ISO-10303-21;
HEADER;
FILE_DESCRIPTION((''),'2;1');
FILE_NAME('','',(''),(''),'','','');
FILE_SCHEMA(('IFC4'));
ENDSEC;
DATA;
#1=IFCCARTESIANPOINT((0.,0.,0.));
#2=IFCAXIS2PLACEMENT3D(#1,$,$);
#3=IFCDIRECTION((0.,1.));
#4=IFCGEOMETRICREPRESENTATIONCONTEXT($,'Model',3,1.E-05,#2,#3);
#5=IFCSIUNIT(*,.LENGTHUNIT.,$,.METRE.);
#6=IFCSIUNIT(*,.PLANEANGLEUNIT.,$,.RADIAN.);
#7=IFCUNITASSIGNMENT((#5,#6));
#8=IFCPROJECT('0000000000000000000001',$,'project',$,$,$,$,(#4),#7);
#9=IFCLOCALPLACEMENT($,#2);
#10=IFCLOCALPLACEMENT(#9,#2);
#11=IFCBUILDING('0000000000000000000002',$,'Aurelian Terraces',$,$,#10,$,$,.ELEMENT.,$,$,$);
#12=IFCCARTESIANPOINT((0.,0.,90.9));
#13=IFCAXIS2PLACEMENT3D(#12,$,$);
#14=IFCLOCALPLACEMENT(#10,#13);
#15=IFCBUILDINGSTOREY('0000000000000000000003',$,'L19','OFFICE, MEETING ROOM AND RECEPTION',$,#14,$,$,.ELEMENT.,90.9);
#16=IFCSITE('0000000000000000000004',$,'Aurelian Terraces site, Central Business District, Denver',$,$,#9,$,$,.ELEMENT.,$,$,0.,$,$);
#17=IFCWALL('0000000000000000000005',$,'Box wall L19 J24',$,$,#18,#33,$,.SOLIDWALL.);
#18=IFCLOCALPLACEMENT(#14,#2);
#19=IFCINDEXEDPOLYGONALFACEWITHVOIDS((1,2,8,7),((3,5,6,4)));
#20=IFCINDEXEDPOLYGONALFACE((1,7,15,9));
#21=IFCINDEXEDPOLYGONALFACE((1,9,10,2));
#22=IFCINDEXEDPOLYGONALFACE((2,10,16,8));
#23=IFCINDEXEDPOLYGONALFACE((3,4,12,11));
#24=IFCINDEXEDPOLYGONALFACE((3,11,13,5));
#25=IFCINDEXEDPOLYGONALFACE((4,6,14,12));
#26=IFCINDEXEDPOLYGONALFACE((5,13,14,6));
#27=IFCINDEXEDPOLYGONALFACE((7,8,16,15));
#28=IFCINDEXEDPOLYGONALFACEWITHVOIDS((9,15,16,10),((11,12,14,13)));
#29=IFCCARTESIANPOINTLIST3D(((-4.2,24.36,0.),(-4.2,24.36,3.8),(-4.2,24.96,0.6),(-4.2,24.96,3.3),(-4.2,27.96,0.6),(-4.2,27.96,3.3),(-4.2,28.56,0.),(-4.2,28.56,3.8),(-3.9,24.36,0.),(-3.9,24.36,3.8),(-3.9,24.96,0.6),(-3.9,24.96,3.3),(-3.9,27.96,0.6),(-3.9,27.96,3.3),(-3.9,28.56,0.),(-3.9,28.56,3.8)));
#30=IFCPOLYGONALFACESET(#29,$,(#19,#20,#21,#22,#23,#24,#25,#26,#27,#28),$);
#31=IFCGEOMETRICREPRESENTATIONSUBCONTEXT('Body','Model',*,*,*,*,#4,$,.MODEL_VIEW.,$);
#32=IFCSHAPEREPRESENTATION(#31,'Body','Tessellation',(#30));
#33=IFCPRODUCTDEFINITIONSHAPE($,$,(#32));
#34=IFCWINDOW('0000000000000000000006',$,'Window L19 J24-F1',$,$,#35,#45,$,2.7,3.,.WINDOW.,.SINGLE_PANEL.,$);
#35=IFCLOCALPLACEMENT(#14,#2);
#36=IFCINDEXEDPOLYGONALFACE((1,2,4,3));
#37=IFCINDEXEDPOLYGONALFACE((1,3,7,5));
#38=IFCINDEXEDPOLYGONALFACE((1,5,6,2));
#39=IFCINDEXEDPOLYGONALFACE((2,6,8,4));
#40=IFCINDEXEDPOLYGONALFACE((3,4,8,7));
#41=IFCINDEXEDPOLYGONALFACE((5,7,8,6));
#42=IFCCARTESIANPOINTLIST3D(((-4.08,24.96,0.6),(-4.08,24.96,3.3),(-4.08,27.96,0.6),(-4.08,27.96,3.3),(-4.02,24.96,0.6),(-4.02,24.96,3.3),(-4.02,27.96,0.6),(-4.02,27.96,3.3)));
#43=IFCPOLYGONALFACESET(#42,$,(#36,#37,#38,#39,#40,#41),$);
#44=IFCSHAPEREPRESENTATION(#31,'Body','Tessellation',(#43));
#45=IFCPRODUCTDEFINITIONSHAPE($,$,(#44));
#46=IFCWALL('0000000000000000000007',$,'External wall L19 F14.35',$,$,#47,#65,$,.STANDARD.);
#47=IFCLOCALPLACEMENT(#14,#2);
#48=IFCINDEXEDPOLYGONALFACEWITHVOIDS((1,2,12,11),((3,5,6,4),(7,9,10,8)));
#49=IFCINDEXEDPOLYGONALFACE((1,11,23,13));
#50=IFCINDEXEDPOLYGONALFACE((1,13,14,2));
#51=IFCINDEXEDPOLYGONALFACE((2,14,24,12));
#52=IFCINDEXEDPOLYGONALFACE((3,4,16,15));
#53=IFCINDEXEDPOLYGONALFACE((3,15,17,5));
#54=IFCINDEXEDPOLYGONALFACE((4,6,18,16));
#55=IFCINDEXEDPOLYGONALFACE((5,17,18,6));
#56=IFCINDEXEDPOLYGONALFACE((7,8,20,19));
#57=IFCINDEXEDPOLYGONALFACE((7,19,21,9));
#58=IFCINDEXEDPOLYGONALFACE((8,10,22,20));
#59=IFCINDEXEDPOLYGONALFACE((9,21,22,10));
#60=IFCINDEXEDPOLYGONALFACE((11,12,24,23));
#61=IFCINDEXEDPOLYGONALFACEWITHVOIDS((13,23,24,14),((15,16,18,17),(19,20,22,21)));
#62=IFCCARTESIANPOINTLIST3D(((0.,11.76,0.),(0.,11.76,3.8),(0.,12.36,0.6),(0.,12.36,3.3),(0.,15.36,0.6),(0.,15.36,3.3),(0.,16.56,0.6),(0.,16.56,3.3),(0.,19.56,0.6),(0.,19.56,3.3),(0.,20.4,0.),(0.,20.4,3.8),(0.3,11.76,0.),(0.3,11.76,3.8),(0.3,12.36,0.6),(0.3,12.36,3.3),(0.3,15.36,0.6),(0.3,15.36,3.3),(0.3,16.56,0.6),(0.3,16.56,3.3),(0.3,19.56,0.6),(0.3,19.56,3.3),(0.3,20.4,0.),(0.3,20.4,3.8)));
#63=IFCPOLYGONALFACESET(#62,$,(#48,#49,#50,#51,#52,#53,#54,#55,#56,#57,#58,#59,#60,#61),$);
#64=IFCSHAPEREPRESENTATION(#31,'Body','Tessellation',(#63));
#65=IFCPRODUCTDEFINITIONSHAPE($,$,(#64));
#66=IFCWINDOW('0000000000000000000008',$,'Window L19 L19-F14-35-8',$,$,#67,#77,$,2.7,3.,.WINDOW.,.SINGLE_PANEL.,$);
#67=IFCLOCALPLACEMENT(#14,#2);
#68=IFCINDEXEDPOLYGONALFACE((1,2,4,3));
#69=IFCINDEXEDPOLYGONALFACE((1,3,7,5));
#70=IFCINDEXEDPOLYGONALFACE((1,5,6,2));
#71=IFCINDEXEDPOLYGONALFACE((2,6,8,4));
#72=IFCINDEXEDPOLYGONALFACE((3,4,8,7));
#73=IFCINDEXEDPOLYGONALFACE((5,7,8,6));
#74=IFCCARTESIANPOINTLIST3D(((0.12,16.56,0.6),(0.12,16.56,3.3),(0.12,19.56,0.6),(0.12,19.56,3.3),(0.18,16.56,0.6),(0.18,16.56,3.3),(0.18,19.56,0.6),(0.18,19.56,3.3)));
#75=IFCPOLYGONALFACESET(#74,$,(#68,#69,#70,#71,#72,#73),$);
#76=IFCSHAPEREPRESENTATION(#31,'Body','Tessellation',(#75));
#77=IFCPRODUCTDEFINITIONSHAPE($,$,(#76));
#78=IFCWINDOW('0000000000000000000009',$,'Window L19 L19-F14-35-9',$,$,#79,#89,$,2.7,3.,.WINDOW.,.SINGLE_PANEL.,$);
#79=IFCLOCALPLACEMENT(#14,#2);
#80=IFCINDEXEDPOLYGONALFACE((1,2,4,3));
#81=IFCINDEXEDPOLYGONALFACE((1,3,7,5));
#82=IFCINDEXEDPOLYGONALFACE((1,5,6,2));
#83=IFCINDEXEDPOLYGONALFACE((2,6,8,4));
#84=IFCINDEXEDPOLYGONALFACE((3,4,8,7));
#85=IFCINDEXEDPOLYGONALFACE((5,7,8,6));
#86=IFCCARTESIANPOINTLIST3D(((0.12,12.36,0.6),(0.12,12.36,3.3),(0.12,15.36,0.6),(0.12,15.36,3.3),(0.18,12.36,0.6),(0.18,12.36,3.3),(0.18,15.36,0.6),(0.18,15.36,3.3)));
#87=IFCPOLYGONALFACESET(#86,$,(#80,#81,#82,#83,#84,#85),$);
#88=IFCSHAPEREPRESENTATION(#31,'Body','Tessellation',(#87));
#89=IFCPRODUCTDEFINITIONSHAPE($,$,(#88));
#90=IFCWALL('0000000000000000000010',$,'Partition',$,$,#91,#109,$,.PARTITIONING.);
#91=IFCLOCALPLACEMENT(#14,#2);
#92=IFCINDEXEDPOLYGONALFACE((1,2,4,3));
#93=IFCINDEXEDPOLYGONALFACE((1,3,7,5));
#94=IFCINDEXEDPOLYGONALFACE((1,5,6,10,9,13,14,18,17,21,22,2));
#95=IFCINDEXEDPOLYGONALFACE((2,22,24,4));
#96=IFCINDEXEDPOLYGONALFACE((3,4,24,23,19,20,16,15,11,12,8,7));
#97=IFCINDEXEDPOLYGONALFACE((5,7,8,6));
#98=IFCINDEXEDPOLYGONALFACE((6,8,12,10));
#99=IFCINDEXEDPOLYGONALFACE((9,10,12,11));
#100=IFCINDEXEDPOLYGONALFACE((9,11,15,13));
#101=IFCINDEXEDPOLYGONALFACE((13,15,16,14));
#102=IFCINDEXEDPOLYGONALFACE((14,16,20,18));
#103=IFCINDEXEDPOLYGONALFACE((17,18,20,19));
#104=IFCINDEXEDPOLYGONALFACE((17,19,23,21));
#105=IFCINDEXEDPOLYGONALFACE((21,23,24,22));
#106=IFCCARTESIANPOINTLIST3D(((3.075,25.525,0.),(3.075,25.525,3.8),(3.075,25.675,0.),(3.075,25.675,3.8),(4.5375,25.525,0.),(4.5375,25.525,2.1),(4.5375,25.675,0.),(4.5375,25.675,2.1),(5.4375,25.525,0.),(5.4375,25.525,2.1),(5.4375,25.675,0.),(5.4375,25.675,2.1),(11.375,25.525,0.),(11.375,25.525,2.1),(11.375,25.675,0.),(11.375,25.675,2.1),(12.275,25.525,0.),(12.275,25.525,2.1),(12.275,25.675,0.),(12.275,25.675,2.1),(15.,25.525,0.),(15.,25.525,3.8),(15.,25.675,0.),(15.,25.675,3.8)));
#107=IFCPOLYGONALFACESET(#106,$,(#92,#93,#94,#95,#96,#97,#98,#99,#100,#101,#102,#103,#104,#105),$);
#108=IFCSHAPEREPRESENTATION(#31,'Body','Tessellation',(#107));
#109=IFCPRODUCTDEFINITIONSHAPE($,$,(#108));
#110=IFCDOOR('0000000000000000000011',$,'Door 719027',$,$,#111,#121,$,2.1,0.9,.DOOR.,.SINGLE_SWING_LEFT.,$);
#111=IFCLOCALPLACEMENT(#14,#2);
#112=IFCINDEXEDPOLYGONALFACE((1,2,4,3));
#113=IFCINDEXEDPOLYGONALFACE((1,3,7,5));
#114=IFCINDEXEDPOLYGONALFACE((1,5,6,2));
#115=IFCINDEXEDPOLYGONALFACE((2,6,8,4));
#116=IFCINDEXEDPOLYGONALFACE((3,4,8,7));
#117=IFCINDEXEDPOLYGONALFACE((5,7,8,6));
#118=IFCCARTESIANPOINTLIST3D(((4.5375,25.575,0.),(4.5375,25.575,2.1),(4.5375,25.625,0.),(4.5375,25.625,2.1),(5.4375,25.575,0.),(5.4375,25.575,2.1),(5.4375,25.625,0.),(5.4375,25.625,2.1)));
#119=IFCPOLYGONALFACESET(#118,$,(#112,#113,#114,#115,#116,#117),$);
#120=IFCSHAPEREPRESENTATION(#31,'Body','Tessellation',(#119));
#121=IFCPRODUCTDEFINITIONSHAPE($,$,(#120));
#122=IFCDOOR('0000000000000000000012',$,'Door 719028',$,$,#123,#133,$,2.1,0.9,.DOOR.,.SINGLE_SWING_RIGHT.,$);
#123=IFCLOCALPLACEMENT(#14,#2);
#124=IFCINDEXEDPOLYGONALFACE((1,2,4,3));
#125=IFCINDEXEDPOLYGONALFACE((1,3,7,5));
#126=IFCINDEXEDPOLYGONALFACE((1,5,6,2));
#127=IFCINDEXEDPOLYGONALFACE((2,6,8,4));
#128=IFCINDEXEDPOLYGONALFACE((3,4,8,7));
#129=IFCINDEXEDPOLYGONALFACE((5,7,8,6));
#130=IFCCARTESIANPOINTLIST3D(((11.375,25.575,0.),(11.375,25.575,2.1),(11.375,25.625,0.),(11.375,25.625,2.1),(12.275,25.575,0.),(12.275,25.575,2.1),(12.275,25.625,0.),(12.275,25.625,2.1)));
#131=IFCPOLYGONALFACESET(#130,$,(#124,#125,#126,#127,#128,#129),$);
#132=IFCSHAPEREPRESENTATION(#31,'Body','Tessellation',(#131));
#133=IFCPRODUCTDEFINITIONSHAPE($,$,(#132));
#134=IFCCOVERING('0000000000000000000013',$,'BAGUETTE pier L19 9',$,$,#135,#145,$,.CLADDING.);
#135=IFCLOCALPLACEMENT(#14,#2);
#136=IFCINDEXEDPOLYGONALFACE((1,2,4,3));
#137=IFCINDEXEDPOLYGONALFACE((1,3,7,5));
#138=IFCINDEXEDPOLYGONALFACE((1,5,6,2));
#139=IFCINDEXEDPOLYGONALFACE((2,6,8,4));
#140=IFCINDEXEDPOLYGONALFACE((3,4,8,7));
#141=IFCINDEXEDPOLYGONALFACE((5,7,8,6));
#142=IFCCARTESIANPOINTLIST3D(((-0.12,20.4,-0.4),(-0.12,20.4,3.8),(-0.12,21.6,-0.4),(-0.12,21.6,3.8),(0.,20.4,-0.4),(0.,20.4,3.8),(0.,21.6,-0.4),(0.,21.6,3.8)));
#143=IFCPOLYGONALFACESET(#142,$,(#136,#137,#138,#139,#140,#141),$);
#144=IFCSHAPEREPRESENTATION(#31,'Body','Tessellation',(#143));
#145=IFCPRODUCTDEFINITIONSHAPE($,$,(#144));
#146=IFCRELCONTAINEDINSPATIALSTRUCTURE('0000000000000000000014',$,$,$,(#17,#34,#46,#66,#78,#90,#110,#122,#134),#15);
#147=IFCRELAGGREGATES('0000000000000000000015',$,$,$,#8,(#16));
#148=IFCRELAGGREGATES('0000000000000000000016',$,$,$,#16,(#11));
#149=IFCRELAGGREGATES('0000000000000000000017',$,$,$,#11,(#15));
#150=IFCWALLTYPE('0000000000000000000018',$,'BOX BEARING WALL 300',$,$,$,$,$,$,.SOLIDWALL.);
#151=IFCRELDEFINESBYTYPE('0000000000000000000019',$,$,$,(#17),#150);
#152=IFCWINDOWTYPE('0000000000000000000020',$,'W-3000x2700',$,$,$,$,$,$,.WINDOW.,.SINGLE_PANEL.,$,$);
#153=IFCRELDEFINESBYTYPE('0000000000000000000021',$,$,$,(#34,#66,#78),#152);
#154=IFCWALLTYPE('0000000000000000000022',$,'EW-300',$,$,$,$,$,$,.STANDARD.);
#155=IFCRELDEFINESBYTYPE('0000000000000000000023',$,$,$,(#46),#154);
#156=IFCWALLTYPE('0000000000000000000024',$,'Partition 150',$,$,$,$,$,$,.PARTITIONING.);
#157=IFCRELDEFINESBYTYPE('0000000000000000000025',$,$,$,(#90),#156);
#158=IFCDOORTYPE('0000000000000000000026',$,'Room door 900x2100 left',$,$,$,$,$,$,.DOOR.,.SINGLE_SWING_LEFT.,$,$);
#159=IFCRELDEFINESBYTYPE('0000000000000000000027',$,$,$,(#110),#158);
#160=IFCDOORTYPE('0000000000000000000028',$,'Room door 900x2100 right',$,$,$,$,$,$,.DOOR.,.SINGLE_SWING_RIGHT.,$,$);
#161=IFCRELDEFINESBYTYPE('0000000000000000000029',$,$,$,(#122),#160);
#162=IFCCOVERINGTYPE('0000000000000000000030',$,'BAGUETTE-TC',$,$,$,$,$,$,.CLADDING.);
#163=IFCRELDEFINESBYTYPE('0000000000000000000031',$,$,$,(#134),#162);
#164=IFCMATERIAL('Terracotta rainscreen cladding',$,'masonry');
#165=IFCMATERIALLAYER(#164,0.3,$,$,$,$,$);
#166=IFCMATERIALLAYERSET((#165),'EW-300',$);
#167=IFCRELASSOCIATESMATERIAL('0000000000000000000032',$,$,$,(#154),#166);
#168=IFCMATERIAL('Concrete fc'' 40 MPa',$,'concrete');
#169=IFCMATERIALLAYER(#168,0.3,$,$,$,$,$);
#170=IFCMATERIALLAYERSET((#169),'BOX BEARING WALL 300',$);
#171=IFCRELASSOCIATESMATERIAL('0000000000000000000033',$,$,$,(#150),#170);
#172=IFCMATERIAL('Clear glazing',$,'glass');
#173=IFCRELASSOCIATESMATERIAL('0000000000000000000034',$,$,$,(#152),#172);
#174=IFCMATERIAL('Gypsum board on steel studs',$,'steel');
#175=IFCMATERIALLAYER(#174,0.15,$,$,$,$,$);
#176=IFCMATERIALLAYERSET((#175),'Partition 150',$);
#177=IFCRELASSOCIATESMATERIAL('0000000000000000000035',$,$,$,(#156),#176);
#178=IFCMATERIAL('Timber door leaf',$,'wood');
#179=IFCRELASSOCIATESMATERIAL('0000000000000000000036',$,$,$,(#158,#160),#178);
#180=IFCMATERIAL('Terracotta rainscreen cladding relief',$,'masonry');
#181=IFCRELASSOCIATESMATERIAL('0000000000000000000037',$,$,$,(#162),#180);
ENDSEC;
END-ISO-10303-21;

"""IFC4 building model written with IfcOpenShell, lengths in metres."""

from ifc_helpers import new_model, si_unit, direction, frame, frame_2d, origin, origin_2d, place, context, subcontext, project, spatial, rectangle, extrude, source, transform, mapped, material, layer, layer_set, type_object, element, fill, save


model = new_model("IFC4")

# Units and contexts
model_context = context("Model", 3, precision=1e-05, world=origin(), true_north=direction((0.0, 1.0)))
body_context = subcontext(model_context, "Body", "Model", "MODEL_VIEW")
ifc_project = project(units=[si_unit("LENGTHUNIT", "METRE"), si_unit("PLANEANGLEUNIT", "RADIAN")], contexts=[model_context])

# Site, building, storey
site_placement = place(None, origin())
site = spatial("IfcSite", under=ifc_project, at=site_placement, Name="Aurelian Terraces site, Central Business District, Denver", CompositionType="ELEMENT", RefElevation=0.0)
building_placement = place(site_placement, origin())
building = spatial("IfcBuilding", under=site, at=building_placement, Name="Aurelian Terraces", CompositionType="ELEMENT")
storey_placement = place(building_placement, frame((0.0, 0.0, 90.9)))
storey = spatial("IfcBuildingStorey", under=building, at=storey_placement, Name="L19", Description="OFFICE, MEETING ROOM AND RECEPTION", CompositionType="ELEMENT", Elevation=90.9)

# Shared definitions
ifc_material_1 = material(Name="Terracotta rainscreen cladding", Category="masonry")
ifc_layer_1 = layer(ifc_material_1, 0.3)
ifc_layer_set_1 = layer_set([ifc_layer_1], Name="EW-300")
wall_type_1 = type_object("IfcWallType", Name="EW-300", PredefinedType="STANDARD", material=ifc_layer_set_1)
ifc_material_2 = material(Name="Timber door leaf", Category="wood")

# Wall, opening, window
ifc_material_3 = material(Name="Concrete fc' 40 MPa", Category="concrete")
ifc_material_4 = material(Name="Clear glazing", Category="glass")
ifc_layer_2 = layer(ifc_material_3, 0.3)
ifc_layer_set_2 = layer_set([ifc_layer_2], Name="BOX BEARING WALL 300")
wall_type_2 = type_object("IfcWallType", Name="BOX BEARING WALL 300", PredefinedType="SOLIDWALL", material=ifc_layer_set_2)
shared_shape_1 = source(origin(), body_context, "Body", "SweptSolid", [
    extrude(rectangle(XDim=4.2, YDim=0.3, at=frame_2d((2.1, 0.0))), origin(), (0.0, 0.0, 1.0), 3.8),
])
wall_1_placement = place(storey_placement, frame((-4.05, 28.56, 0.0), z_axis=(0.0, 0.0, 1.0), x_axis=(0.0, -1.0, 0.0)))
wall_1 = element("IfcWall", 1, at=wall_1_placement, inside=storey, type_object=wall_type_2, Name="Box wall L19 J24", PredefinedType="SOLIDWALL", context=body_context, shape_type="MappedRepresentation", body=[
    mapped(shared_shape_1, transform((0.0, 0.0, 0.0), scale=1.0)),
])
shared_shape_2 = source(origin(), body_context, "Body", "SweptSolid", [
    extrude(rectangle(XDim=3.0, YDim=2.7, at=frame_2d((1.5, 1.35))), frame((0.0, 0.16, 0.0), z_axis=(0.0, -1.0, 0.0), x_axis=(1.0, 0.0, 0.0)), (0.0, 0.0, 1.0), 0.32),
])
opening_1_placement = place(wall_1_placement, frame((0.6, 0.0, 0.6)))
opening_1 = element("IfcOpeningElement", 2, at=opening_1_placement, cuts=wall_1, PredefinedType="OPENING", context=body_context, shape_type="MappedRepresentation", body=[
    mapped(shared_shape_2, transform((0.0, 0.0, 0.0), scale=1.0)),
])
window_type_1 = type_object("IfcWindowType", Name="W-3000x2700", PartitioningType="SINGLE_PANEL", PredefinedType="WINDOW", material=ifc_material_4)
shared_shape_3 = source(origin(), body_context, "Body", "SweptSolid", [
    extrude(rectangle(XDim=3.0, YDim=2.7, at=frame_2d((1.5, 1.35))), frame((0.0, 0.03, 0.0), z_axis=(0.0, -1.0, 0.0), x_axis=(1.0, 0.0, 0.0)), (0.0, 0.0, 1.0), 0.06),
])
window_1_placement = place(opening_1_placement, origin())
window_1 = element("IfcWindow", 3, at=window_1_placement, inside=storey, type_object=window_type_1, Name="Window L19 J24-F1", OverallHeight=2.7, OverallWidth=3.0, PartitioningType="SINGLE_PANEL", PredefinedType="WINDOW", context=body_context, shape_type="MappedRepresentation", body=[
    mapped(shared_shape_3, transform((0.0, 0.0, 0.0), scale=1.0)),
])
fill(opening_1, window_1)

# Wall, openings, windows
shared_shape_4 = source(origin(), body_context, "Body", "SweptSolid", [
    extrude(rectangle(XDim=8.64, YDim=0.3, at=frame_2d((4.32, 0.0))), origin(), (0.0, 0.0, 1.0), 3.8),
])
wall_2_placement = place(storey_placement, frame((0.15, 20.4, 0.0), z_axis=(0.0, 0.0, 1.0), x_axis=(0.0, -1.0, 0.0)))
wall_2 = element("IfcWall", 4, at=wall_2_placement, inside=storey, type_object=wall_type_1, Name="External wall L19 F14.35", PredefinedType="STANDARD", context=body_context, shape_type="MappedRepresentation", body=[
    mapped(shared_shape_4, transform((0.0, 0.0, 0.0), scale=1.0)),
])
opening_2_placement = place(wall_2_placement, frame((0.84, 0.0, 0.6)))
opening_2 = element("IfcOpeningElement", 5, at=opening_2_placement, cuts=wall_2, PredefinedType="OPENING", context=body_context, shape_type="MappedRepresentation", body=[
    mapped(shared_shape_2, transform((0.0, 0.0, 0.0), scale=1.0)),
])
opening_3_placement = place(wall_2_placement, frame((5.04, 0.0, 0.6)))
opening_3 = element("IfcOpeningElement", 6, at=opening_3_placement, cuts=wall_2, PredefinedType="OPENING", context=body_context, shape_type="MappedRepresentation", body=[
    mapped(shared_shape_2, transform((0.0, 0.0, 0.0), scale=1.0)),
])
window_2_placement = place(opening_2_placement, origin())
window_2 = element("IfcWindow", 7, at=window_2_placement, inside=storey, type_object=window_type_1, Name="Window L19 L19-F14-35-8", OverallHeight=2.7, OverallWidth=3.0, PartitioningType="SINGLE_PANEL", PredefinedType="WINDOW", context=body_context, shape_type="MappedRepresentation", body=[
    mapped(shared_shape_3, transform((0.0, 0.0, 0.0), scale=1.0)),
])
fill(opening_2, window_2)
window_3_placement = place(opening_3_placement, origin())
window_3 = element("IfcWindow", 8, at=window_3_placement, inside=storey, type_object=window_type_1, Name="Window L19 L19-F14-35-9", OverallHeight=2.7, OverallWidth=3.0, PartitioningType="SINGLE_PANEL", PredefinedType="WINDOW", context=body_context, shape_type="MappedRepresentation", body=[
    mapped(shared_shape_3, transform((0.0, 0.0, 0.0), scale=1.0)),
])
fill(opening_3, window_3)

# Wall, openings, doors
ifc_material_5 = material(Name="Gypsum board on steel studs", Category="steel")
ifc_layer_3 = layer(ifc_material_5, 0.15)
ifc_layer_set_3 = layer_set([ifc_layer_3], Name="Partition 150")
wall_type_3 = type_object("IfcWallType", Name="Partition 150", PredefinedType="PARTITIONING", material=ifc_layer_set_3)
shared_shape_5 = source(origin(), body_context, "Body", "SweptSolid", [
    extrude(rectangle(XDim=11.925, YDim=0.15, at=frame_2d((5.9625, 0.0))), origin(), (0.0, 0.0, 1.0), 3.8),
])
wall_3_placement = place(storey_placement, frame((3.075, 25.6, 0.0), z_axis=(0.0, 0.0, 1.0), x_axis=(1.0, 0.0, 0.0)))
wall_3 = element("IfcWall", 9, at=wall_3_placement, inside=storey, type_object=wall_type_3, Name="Partition", PredefinedType="PARTITIONING", context=body_context, shape_type="MappedRepresentation", body=[
    mapped(shared_shape_5, transform((0.0, 0.0, 0.0), scale=1.0)),
])
shared_shape_6 = source(origin(), body_context, "Body", "SweptSolid", [
    extrude(rectangle(XDim=0.9, YDim=2.1, at=frame_2d((0.45, 1.05))), frame((0.0, 0.085, 0.0), z_axis=(0.0, -1.0, 0.0), x_axis=(1.0, 0.0, 0.0)), (0.0, 0.0, 1.0), 0.17),
])
opening_4_placement = place(wall_3_placement, frame((1.4625, 0.0, 0.0)))
opening_4 = element("IfcOpeningElement", 10, at=opening_4_placement, cuts=wall_3, PredefinedType="OPENING", context=body_context, shape_type="MappedRepresentation", body=[
    mapped(shared_shape_6, transform((0.0, 0.0, 0.0), scale=1.0)),
])
opening_5_placement = place(wall_3_placement, frame((8.3, 0.0, 0.0)))
opening_5 = element("IfcOpeningElement", 11, at=opening_5_placement, cuts=wall_3, PredefinedType="OPENING", context=body_context, shape_type="MappedRepresentation", body=[
    mapped(shared_shape_6, transform((0.0, 0.0, 0.0), scale=1.0)),
])
door_type_1 = type_object("IfcDoorType", Name="Room door 900x2100 left", OperationType="SINGLE_SWING_LEFT", PredefinedType="DOOR", material=ifc_material_2)
shared_shape_7 = source(origin(), body_context, "Body", "SweptSolid", [
    extrude(rectangle(XDim=0.9, YDim=2.1, at=frame_2d((0.45, 1.05))), frame((0.0, 0.025, 0.0), z_axis=(0.0, -1.0, 0.0), x_axis=(1.0, 0.0, 0.0)), (0.0, 0.0, 1.0), 0.05),
])
door_1_placement = place(opening_4_placement, origin())
door_1 = element("IfcDoor", 12, at=door_1_placement, inside=storey, type_object=door_type_1, Name="Door 719027", OperationType="SINGLE_SWING_LEFT", OverallHeight=2.1, OverallWidth=0.9, PredefinedType="DOOR", context=body_context, shape_type="MappedRepresentation", body=[
    mapped(shared_shape_7, transform((0.0, 0.0, 0.0), scale=1.0)),
])
fill(opening_4, door_1)
door_type_2 = type_object("IfcDoorType", Name="Room door 900x2100 right", OperationType="SINGLE_SWING_RIGHT", PredefinedType="DOOR", material=ifc_material_2)
door_2_placement = place(opening_5_placement, origin())
door_2 = element("IfcDoor", 13, at=door_2_placement, inside=storey, type_object=door_type_2, Name="Door 719028", OperationType="SINGLE_SWING_RIGHT", OverallHeight=2.1, OverallWidth=0.9, PredefinedType="DOOR", context=body_context, shape_type="MappedRepresentation", body=[
    mapped(shared_shape_7, transform((0.0, 0.0, 0.0), scale=1.0)),
])
fill(opening_5, door_2)

# Covering
ifc_material_6 = material(Name="Terracotta rainscreen cladding relief", Category="masonry")
covering_type = type_object("IfcCoveringType", Name="BAGUETTE-TC", PredefinedType="CLADDING", material=ifc_material_6)
shared_shape_8 = source(origin(), body_context, "Body", "SweptSolid", [
    extrude(rectangle(XDim=0.12, YDim=1.2, at=origin_2d()), origin(), (0.0, 0.0, 1.0), 4.2),
])
covering_placement = place(storey_placement, frame((-0.06, 21.0, -0.4), z_axis=(0.0, 0.0, 1.0), x_axis=(1.0, 0.0, 0.0)))
element("IfcCovering", 14, at=covering_placement, inside=storey, type_object=covering_type, Name="BAGUETTE pier L19 9", PredefinedType="CLADDING", context=body_context, shape_type="MappedRepresentation", body=[
    mapped(shared_shape_8, transform((0.0, 0.0, 0.0), scale=1.0)),
])

save(model, "model.ifc")
